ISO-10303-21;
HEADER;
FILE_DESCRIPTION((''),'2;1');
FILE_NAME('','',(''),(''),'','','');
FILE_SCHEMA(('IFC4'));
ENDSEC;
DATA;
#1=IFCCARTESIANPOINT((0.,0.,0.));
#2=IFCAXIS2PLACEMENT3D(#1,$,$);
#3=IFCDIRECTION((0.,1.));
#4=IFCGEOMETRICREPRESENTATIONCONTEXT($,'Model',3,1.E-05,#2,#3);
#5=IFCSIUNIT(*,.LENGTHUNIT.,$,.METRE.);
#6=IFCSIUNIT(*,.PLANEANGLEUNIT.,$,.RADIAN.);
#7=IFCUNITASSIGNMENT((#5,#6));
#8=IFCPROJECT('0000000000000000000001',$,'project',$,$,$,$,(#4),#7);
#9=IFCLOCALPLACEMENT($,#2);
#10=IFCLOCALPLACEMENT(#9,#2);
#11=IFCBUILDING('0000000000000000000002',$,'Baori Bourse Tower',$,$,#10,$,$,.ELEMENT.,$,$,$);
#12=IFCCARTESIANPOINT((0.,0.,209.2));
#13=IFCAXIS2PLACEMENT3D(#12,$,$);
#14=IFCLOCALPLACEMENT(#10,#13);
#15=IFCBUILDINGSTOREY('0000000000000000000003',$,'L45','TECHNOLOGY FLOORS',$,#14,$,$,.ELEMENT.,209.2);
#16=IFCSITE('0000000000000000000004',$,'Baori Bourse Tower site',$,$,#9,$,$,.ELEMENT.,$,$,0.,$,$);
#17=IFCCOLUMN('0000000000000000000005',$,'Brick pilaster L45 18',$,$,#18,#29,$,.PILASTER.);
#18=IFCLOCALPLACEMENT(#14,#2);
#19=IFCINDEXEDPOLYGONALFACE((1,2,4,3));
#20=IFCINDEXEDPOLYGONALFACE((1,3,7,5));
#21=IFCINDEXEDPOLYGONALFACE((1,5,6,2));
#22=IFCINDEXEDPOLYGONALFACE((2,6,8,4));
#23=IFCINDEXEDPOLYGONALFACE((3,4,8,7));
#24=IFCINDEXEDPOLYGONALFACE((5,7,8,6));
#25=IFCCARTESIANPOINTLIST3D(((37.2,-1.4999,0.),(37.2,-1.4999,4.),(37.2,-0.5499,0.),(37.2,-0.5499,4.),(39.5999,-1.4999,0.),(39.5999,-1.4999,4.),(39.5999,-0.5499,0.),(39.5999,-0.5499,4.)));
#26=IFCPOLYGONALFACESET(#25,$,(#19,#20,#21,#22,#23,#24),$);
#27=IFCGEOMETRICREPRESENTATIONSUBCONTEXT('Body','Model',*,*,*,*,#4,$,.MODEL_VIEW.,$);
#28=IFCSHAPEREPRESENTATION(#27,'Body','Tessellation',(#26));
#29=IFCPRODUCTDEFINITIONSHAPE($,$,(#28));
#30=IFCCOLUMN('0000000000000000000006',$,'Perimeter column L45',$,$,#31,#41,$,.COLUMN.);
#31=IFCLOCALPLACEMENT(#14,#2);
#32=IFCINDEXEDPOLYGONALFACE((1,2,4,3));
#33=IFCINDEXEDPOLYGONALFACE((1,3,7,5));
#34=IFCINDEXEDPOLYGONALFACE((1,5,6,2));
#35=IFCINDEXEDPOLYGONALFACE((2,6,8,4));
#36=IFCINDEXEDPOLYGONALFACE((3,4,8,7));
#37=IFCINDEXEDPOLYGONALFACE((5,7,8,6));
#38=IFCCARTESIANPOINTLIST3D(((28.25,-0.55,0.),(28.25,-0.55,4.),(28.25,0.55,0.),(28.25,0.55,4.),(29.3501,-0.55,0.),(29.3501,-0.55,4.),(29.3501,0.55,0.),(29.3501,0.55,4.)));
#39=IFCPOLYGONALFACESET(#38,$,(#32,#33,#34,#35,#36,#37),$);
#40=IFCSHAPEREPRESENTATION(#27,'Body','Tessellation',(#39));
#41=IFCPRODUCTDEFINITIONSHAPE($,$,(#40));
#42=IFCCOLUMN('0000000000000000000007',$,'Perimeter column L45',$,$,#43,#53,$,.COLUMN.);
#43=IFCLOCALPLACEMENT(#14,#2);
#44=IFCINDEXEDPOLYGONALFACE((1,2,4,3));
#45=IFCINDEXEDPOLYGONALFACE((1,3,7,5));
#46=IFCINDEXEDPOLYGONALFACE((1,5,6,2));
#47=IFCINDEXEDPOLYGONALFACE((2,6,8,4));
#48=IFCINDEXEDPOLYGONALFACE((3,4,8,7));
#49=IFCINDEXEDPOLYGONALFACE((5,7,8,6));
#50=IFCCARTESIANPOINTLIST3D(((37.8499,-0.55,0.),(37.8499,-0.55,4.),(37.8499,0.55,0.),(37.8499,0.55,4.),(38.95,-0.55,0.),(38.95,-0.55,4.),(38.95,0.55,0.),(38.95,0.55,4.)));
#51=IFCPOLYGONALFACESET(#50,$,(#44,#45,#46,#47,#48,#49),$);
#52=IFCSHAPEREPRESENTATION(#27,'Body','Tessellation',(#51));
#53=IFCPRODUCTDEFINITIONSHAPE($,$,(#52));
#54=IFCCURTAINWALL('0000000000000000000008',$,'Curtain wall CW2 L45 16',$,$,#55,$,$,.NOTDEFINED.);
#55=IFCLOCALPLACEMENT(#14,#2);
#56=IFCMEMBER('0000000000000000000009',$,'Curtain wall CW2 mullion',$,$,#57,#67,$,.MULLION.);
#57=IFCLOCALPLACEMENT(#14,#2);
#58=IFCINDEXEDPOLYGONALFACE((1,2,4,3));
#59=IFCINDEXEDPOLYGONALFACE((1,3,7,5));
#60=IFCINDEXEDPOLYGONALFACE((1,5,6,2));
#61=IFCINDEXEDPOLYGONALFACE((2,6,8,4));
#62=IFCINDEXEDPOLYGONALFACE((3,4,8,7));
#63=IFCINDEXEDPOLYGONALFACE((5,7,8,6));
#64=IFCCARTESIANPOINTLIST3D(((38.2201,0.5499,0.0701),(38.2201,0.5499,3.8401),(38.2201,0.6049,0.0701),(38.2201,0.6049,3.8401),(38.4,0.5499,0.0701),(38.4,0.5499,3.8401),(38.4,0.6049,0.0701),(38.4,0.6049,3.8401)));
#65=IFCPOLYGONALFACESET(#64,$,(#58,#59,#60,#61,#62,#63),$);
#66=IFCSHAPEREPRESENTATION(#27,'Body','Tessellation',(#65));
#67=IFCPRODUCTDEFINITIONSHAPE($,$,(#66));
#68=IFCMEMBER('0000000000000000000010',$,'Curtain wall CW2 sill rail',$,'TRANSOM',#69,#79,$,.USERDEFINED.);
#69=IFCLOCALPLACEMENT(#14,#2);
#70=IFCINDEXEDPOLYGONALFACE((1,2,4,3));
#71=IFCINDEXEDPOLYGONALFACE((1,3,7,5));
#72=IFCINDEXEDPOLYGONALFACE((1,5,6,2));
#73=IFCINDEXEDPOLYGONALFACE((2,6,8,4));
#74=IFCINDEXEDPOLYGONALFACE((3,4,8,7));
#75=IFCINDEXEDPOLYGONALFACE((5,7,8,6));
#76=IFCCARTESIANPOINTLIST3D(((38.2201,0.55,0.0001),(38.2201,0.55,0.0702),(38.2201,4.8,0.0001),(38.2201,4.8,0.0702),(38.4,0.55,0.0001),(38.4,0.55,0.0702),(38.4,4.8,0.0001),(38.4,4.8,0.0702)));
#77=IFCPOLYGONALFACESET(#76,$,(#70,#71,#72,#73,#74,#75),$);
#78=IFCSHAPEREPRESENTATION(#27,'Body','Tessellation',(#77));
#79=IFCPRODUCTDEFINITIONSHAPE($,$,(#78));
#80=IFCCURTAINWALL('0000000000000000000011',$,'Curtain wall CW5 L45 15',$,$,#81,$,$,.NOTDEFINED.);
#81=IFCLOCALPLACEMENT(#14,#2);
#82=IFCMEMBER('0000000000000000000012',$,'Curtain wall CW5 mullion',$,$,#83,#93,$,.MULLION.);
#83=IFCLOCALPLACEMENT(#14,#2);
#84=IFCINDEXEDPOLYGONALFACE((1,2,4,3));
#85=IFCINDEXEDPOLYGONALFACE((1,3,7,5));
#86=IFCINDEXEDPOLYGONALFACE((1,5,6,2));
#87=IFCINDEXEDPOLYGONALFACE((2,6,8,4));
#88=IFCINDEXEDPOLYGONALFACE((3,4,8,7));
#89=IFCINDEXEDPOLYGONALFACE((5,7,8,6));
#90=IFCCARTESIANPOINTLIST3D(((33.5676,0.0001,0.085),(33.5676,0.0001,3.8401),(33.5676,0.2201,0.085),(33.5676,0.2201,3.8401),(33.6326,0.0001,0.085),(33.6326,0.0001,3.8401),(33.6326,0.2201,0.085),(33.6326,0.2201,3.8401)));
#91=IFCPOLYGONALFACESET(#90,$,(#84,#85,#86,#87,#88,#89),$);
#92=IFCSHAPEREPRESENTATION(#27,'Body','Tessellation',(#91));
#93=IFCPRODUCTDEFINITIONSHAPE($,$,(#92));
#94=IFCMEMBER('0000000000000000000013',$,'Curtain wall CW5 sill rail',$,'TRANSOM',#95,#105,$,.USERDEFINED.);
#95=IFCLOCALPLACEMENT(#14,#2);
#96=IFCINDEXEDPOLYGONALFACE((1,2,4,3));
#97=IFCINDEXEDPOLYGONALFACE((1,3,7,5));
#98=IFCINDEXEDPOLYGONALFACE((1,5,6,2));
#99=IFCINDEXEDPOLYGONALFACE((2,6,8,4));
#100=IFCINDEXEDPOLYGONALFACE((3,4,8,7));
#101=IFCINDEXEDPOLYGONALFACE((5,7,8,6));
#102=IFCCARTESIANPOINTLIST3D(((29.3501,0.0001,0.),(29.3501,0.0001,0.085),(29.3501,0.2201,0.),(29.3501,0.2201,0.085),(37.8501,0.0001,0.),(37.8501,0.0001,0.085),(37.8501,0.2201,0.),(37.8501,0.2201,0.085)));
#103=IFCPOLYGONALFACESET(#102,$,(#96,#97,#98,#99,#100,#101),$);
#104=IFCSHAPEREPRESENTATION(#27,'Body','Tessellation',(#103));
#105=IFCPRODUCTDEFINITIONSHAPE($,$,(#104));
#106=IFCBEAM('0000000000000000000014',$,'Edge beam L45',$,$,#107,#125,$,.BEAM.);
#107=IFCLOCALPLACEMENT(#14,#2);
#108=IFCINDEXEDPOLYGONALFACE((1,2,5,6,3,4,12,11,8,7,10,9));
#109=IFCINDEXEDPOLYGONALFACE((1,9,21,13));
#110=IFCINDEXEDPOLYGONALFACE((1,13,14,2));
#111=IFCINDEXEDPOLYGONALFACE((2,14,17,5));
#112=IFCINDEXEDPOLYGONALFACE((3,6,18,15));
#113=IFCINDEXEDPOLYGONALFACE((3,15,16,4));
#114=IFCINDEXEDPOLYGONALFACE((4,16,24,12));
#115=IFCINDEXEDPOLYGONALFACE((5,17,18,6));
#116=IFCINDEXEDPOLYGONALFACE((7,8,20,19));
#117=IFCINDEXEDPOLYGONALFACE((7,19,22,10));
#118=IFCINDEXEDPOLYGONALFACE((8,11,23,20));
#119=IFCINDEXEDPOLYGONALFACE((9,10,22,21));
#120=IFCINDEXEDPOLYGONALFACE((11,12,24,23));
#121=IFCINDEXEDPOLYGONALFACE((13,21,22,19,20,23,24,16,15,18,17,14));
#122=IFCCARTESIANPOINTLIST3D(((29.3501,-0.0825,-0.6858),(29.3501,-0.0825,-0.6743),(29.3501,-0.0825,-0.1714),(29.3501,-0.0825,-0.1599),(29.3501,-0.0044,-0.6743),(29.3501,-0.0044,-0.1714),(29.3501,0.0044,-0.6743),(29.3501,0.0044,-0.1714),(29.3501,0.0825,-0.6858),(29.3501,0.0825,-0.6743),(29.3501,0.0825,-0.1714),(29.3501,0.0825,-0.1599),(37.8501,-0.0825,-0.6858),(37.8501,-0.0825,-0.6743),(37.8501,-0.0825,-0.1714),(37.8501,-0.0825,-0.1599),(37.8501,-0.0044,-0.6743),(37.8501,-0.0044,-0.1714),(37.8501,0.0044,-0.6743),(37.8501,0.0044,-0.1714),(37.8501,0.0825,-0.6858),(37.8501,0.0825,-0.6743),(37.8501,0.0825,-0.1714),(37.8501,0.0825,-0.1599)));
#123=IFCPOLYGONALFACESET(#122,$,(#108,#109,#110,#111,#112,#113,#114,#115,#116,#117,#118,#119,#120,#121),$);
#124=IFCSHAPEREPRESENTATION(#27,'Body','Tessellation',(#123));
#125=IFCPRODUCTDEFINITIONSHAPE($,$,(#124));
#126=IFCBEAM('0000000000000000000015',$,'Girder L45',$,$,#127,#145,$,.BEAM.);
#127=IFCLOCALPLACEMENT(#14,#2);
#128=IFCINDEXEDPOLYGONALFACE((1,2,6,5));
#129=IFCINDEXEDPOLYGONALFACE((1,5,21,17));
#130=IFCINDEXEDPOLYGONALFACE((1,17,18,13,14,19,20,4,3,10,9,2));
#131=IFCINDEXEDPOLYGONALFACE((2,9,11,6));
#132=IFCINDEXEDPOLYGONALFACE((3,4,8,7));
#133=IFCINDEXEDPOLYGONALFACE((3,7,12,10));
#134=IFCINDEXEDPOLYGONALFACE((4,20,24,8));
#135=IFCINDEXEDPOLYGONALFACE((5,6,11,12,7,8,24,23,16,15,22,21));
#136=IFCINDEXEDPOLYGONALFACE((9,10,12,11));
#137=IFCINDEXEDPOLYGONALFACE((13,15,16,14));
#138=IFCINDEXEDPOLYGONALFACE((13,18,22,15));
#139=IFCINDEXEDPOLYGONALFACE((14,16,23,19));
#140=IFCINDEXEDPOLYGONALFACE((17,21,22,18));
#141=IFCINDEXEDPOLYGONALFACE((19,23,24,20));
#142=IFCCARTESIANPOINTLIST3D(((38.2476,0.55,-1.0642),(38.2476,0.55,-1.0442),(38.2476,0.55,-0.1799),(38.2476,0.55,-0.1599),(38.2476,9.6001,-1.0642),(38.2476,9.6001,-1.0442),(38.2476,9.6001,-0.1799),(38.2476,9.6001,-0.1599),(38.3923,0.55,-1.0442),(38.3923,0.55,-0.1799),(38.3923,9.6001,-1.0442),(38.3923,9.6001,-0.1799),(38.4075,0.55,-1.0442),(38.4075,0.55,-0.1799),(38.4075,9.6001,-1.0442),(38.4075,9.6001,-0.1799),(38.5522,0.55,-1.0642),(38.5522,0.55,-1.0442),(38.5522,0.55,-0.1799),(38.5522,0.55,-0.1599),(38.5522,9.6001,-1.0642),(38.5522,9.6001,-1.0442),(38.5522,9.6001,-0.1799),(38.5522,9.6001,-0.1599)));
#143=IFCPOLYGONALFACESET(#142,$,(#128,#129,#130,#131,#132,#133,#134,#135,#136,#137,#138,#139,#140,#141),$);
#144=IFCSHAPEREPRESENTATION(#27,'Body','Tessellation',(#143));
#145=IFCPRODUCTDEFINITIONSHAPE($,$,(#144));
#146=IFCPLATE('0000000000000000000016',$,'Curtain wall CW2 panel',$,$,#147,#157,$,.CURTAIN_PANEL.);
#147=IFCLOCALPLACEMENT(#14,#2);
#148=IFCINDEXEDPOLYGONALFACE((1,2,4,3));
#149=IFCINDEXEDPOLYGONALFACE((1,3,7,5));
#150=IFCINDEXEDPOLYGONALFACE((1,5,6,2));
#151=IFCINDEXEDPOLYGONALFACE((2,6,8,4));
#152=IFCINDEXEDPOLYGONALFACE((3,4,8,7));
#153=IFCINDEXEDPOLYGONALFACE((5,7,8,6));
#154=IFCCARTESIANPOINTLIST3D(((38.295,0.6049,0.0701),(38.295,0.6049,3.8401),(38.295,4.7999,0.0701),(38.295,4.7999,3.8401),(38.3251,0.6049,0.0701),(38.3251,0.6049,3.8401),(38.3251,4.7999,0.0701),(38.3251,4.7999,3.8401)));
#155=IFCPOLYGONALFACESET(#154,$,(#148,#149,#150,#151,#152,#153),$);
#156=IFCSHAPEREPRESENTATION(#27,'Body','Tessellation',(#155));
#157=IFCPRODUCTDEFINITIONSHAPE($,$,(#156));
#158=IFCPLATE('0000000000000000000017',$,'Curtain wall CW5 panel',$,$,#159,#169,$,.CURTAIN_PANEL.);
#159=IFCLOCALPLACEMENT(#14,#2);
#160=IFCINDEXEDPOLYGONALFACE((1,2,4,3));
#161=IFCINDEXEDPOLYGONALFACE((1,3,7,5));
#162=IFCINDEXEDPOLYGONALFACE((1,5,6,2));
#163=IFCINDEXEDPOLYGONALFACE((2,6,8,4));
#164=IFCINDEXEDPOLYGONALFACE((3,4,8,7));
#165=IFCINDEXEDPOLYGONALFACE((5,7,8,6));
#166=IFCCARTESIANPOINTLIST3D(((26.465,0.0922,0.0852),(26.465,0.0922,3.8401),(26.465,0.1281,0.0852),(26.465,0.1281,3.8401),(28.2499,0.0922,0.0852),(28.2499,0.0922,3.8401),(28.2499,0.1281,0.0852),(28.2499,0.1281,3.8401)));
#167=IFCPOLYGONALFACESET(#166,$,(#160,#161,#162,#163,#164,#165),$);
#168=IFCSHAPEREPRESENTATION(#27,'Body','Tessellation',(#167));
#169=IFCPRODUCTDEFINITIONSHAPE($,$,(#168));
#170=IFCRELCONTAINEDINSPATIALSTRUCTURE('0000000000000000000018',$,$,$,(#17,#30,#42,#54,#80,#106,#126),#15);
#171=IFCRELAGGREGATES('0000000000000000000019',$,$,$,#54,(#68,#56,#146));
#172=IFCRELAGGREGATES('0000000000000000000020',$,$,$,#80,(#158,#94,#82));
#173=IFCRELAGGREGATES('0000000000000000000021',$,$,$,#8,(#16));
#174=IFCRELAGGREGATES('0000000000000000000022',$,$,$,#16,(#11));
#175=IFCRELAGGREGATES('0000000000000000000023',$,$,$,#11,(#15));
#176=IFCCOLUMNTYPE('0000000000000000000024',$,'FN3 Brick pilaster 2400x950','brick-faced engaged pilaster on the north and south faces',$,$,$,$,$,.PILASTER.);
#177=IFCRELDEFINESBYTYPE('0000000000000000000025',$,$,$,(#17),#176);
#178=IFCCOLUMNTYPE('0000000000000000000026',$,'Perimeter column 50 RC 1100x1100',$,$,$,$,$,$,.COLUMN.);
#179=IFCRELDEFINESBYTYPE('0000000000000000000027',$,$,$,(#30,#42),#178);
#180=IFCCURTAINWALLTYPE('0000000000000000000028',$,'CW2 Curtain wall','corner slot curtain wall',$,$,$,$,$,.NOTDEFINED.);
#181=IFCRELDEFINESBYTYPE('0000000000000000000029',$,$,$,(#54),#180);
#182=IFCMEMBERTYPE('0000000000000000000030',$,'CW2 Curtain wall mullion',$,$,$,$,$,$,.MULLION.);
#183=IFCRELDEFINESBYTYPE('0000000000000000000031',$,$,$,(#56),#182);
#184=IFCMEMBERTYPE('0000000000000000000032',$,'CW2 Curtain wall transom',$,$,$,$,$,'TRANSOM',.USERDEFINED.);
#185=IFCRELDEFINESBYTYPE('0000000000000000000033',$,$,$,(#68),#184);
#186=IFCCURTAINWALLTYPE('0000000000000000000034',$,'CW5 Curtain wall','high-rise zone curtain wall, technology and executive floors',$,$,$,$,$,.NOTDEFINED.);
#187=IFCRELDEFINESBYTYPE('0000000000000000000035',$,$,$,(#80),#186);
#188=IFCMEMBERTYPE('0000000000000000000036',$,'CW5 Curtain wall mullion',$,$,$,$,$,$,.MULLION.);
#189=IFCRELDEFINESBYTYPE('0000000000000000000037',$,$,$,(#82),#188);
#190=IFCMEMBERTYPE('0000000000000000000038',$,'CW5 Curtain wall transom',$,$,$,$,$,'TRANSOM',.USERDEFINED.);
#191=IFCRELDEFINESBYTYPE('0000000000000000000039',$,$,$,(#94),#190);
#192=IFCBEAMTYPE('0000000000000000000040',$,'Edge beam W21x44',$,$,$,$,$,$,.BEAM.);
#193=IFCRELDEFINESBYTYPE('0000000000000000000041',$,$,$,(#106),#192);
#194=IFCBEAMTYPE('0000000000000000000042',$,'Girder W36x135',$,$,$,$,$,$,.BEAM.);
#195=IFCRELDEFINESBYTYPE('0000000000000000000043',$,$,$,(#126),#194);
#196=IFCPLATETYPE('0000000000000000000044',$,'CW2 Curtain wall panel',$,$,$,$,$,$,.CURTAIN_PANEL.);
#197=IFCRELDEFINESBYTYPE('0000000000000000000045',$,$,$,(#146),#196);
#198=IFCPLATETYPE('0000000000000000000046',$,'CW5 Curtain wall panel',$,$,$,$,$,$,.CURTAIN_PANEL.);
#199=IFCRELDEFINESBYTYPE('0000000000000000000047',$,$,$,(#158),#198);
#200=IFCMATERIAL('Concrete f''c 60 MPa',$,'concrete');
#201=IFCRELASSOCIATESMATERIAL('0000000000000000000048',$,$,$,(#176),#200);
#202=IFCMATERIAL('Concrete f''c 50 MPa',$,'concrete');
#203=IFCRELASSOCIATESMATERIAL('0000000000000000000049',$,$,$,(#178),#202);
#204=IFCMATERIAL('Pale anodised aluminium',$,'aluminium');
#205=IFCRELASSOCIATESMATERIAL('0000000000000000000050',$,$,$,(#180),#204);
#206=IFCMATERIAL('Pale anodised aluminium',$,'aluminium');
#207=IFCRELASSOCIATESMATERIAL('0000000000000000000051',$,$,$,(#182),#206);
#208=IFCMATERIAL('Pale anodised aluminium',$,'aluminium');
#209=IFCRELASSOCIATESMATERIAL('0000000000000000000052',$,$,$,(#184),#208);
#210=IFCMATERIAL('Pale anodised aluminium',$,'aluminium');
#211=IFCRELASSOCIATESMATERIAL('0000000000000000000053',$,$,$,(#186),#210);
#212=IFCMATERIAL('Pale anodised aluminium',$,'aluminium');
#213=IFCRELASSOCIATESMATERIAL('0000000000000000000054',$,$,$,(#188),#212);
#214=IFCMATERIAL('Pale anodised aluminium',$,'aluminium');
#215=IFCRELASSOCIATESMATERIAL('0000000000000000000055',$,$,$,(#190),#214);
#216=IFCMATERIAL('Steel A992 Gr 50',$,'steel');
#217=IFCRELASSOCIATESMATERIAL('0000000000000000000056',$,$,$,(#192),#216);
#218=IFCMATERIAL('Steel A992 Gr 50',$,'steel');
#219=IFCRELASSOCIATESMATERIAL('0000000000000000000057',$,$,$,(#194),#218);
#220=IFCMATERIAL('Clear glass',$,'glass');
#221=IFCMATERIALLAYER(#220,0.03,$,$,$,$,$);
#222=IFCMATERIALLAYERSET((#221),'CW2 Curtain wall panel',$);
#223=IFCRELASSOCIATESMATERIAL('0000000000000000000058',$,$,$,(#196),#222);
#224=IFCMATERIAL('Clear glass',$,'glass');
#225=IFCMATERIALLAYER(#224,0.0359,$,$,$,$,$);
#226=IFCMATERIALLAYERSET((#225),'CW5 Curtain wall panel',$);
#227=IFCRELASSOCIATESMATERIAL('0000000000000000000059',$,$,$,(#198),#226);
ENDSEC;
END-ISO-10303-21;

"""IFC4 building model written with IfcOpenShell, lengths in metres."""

from ifc_helpers import new_model, si_unit, direction, frame, origin, origin_2d, place, context, subcontext, project, spatial, rectangle, i_section, extrude, material, layer, layer_set, material_profile, profile_set, type_object, element, aggregate, save


model = new_model("IFC4")

# Units and contexts
model_context = context("Model", 3, precision=1e-05, world=origin(), true_north=direction((0.0, 1.0)))
body_context = subcontext(model_context, "Body", "Model", "MODEL_VIEW")
ifc_project = project(units=[si_unit("LENGTHUNIT", "METRE"), si_unit("PLANEANGLEUNIT", "RADIAN")], contexts=[model_context])

# Site, building, storey
site_placement = place(None, origin())
site = spatial("IfcSite", under=ifc_project, at=site_placement, Name="Baori Bourse Tower site", CompositionType="ELEMENT", RefElevation=0.0)
building_placement = place(site_placement, origin())
building = spatial("IfcBuilding", under=site, at=building_placement, Name="Baori Bourse Tower", CompositionType="ELEMENT")
storey_placement = place(building_placement, frame((0.0, 0.0, 209.2)))
storey = spatial("IfcBuildingStorey", under=building, at=storey_placement, Name="L45", Description="TECHNOLOGY FLOORS", CompositionType="ELEMENT", Elevation=209.2)

# Columns
ifc_material_1 = material(Name="Concrete f'c 60 MPa", Category="concrete")
ifc_material_profile_1 = material_profile(ifc_material_1, rectangle(XDim=2.3999, YDim=0.95, at=origin_2d()), Name="RC 2400x950")
ifc_profile_set_1 = profile_set([ifc_material_profile_1], Name="Concrete f'c 60 MPa")
column_type_1 = type_object("IfcColumnType", Name="FN3 Brick pilaster 2400x950", Description="brick-faced engaged pilaster on the north and south faces", PredefinedType="PILASTER", material=ifc_profile_set_1)
column_placement = place(storey_placement, frame((38.3999, -1.0249, 0.0), z_axis=(0.0, 0.0, 1.0), x_axis=(1.0, 0.0, 0.0)))
element("IfcColumn", 1, at=column_placement, inside=storey, type_object=column_type_1, Name="Brick pilaster L45 18", PredefinedType="PILASTER", context=body_context, shape_type="SweptSolid", body=[
    extrude(rectangle(XDim=2.3999, YDim=0.95, at=origin_2d()), origin(), (0.0, 0.0, 1.0), 4.0),
])
ifc_material_2 = material(Name="Concrete f'c 50 MPa", Category="concrete")
ifc_material_profile_2 = material_profile(ifc_material_2, rectangle(XDim=1.1001, YDim=1.1001, at=origin_2d()), Name="RC 1100x1100")
ifc_profile_set_2 = profile_set([ifc_material_profile_2], Name="Concrete f'c 50 MPa")
column_type_2 = type_object("IfcColumnType", Name="Perimeter column 50 RC 1100x1100", PredefinedType="COLUMN", material=ifc_profile_set_2)
for number, where, z_axis, x_axis, name in (
    (2, (28.8, 0.0, 0.0), (0.0, 0.0, 1.0), (1.0, 0.0, 0.0), "Perimeter column L45"),
    (3, (38.3999, 0.0, 0.0), (0.0, 0.0, 1.0), (1.0, 0.0, 0.0), "Perimeter column L45"),
):
    element("IfcColumn", number, at=place(storey_placement, frame(where, z_axis=z_axis, x_axis=x_axis)), inside=storey, type_object=column_type_2, Name=name, PredefinedType="COLUMN", context=body_context, shape_type="SweptSolid", body=[
        extrude(rectangle(XDim=1.1001, YDim=1.1001, at=origin_2d()), origin(), (0.0, 0.0, 1.0), 4.0),
    ])

# Curtain walls, members
ifc_material_3 = material(Name="Pale anodised aluminium", Category="aluminium")
curtain_wall_type_1 = type_object("IfcCurtainWallType", Name="CW2 Curtain wall", Description="corner slot curtain wall", PredefinedType="NOTDEFINED", material=ifc_material_3)
curtain_wall_1_placement = place(storey_placement, origin())
curtain_wall_1 = element("IfcCurtainWall", 4, at=curtain_wall_1_placement, inside=storey, type_object=curtain_wall_type_1, Name="Curtain wall CW2 L45 16", PredefinedType="NOTDEFINED")
ifc_material_4 = material(Name="Pale anodised aluminium", Category="aluminium")
ifc_material_profile_3 = material_profile(ifc_material_4, rectangle(XDim=0.1799, YDim=0.0549, at=origin_2d()), Name="Mullion 55x180")
ifc_profile_set_3 = profile_set([ifc_material_profile_3], Name="Pale anodised aluminium")
member_type_1 = type_object("IfcMemberType", Name="CW2 Curtain wall mullion", PredefinedType="MULLION", material=ifc_profile_set_3)
member_1_placement = place(storey_placement, frame((38.3101, 0.5774, 0.0701), z_axis=(0.0, 0.0, 1.0), x_axis=(-1.0, 0.0, 0.0)))
member_1 = element("IfcMember", 5, at=member_1_placement, type_object=member_type_1, Name="Curtain wall CW2 mullion", PredefinedType="MULLION", context=body_context, shape_type="SweptSolid", body=[
    extrude(rectangle(XDim=0.1799, YDim=0.0549, at=origin_2d()), origin(), (0.0, 0.0, 1.0), 3.77),
])
ifc_material_5 = material(Name="Pale anodised aluminium", Category="aluminium")
ifc_material_profile_4 = material_profile(ifc_material_5, rectangle(XDim=0.1799, YDim=0.0701, at=origin_2d()), Name="Transom 70x180")
ifc_profile_set_4 = profile_set([ifc_material_profile_4], Name="Pale anodised aluminium")
member_type_2 = type_object("IfcMemberType", Name="CW2 Curtain wall transom", ElementType="TRANSOM", PredefinedType="USERDEFINED", material=ifc_profile_set_4)
member_2_placement = place(storey_placement, frame((38.3101, 0.55, 0.0352), z_axis=(0.0, 1.0, 0.0), x_axis=(-1.0, 0.0, 0.0)))
member_2 = element("IfcMember", 6, at=member_2_placement, type_object=member_type_2, Name="Curtain wall CW2 sill rail", ObjectType="TRANSOM", PredefinedType="USERDEFINED", context=body_context, shape_type="SweptSolid", body=[
    extrude(rectangle(XDim=0.1799, YDim=0.0701, at=origin_2d()), origin(), (0.0, 0.0, 1.0), 4.25),
])
ifc_material_6 = material(Name="Pale anodised aluminium", Category="aluminium")
curtain_wall_type_2 = type_object("IfcCurtainWallType", Name="CW5 Curtain wall", Description="high-rise zone curtain wall, technology and executive floors", PredefinedType="NOTDEFINED", material=ifc_material_6)
curtain_wall_2_placement = place(storey_placement, origin())
curtain_wall_2 = element("IfcCurtainWall", 7, at=curtain_wall_2_placement, inside=storey, type_object=curtain_wall_type_2, Name="Curtain wall CW5 L45 15", PredefinedType="NOTDEFINED")
ifc_material_7 = material(Name="Pale anodised aluminium", Category="aluminium")
ifc_material_profile_5 = material_profile(ifc_material_7, rectangle(XDim=0.22, YDim=0.0649, at=origin_2d()), Name="Mullion 65x220")
ifc_profile_set_5 = profile_set([ifc_material_profile_5], Name="Pale anodised aluminium")
member_type_3 = type_object("IfcMemberType", Name="CW5 Curtain wall mullion", PredefinedType="MULLION", material=ifc_profile_set_5)
member_3_placement = place(storey_placement, frame((33.6001, 0.1101, 0.085), z_axis=(0.0, 0.0, 1.0), x_axis=(0.0, 1.0, 0.0)))
member_3 = element("IfcMember", 8, at=member_3_placement, type_object=member_type_3, Name="Curtain wall CW5 mullion", PredefinedType="MULLION", context=body_context, shape_type="SweptSolid", body=[
    extrude(rectangle(XDim=0.22, YDim=0.0649, at=origin_2d()), origin(), (0.0, 0.0, 1.0), 3.7551),
])
ifc_material_8 = material(Name="Pale anodised aluminium", Category="aluminium")
ifc_material_profile_6 = material_profile(ifc_material_8, rectangle(XDim=0.22, YDim=0.085, at=origin_2d()), Name="Transom 85x220")
ifc_profile_set_6 = profile_set([ifc_material_profile_6], Name="Pale anodised aluminium")
member_type_4 = type_object("IfcMemberType", Name="CW5 Curtain wall transom", ElementType="TRANSOM", PredefinedType="USERDEFINED", material=ifc_profile_set_6)
member_4_placement = place(storey_placement, frame((29.3501, 0.1101, 0.0425), z_axis=(1.0, 0.0, 0.0), x_axis=(0.0, 1.0, 0.0)))
member_4 = element("IfcMember", 9, at=member_4_placement, type_object=member_type_4, Name="Curtain wall CW5 sill rail", ObjectType="TRANSOM", PredefinedType="USERDEFINED", context=body_context, shape_type="SweptSolid", body=[
    extrude(rectangle(XDim=0.22, YDim=0.085, at=origin_2d()), origin(), (0.0, 0.0, 1.0), 8.5),
])

# Beams
ifc_material_9 = material(Name="Steel A992 Gr 50", Category="steel")
ifc_material_profile_7 = material_profile(ifc_material_9, i_section(OverallWidth=0.165, OverallDepth=0.5259, WebThickness=0.0088, FlangeThickness=0.0115, at=origin_2d()), Name="W21x44")
ifc_profile_set_7 = profile_set([ifc_material_profile_7], Name="Steel A992 Gr 50")
beam_type_1 = type_object("IfcBeamType", Name="Edge beam W21x44", PredefinedType="BEAM", material=ifc_profile_set_7)
beam_1_placement = place(storey_placement, frame((29.3501, 0.0, -0.4229), z_axis=(1.0, 0.0, 0.0), x_axis=(0.0, 1.0, 0.0)))
element("IfcBeam", 10, at=beam_1_placement, inside=storey, type_object=beam_type_1, Name="Edge beam L45", PredefinedType="BEAM", context=body_context, shape_type="SweptSolid", body=[
    extrude(i_section(OverallWidth=0.165, OverallDepth=0.5259, WebThickness=0.0088, FlangeThickness=0.0115, at=origin_2d()), origin(), (0.0, 0.0, 1.0), 8.5),
])
ifc_material_10 = material(Name="Steel A992 Gr 50", Category="steel")
ifc_material_profile_8 = material_profile(ifc_material_10, i_section(OverallWidth=0.3047, OverallDepth=0.9043, WebThickness=0.0151, FlangeThickness=0.02, at=origin_2d()), Name="W36x135")
ifc_profile_set_8 = profile_set([ifc_material_profile_8], Name="Steel A992 Gr 50")
beam_type_2 = type_object("IfcBeamType", Name="Girder W36x135", PredefinedType="BEAM", material=ifc_profile_set_8)
beam_2_placement = place(storey_placement, frame((38.3999, 0.55, -0.6121), z_axis=(0.0, 1.0, 0.0), x_axis=(-1.0, 0.0, 0.0)))
element("IfcBeam", 11, at=beam_2_placement, inside=storey, type_object=beam_type_2, Name="Girder L45", PredefinedType="BEAM", context=body_context, shape_type="SweptSolid", body=[
    extrude(i_section(OverallWidth=0.3047, OverallDepth=0.9043, WebThickness=0.0151, FlangeThickness=0.02, at=origin_2d()), origin(), (0.0, 0.0, 1.0), 9.05),
])

# Plates
ifc_material_11 = material(Name="Clear glass", Category="glass")
ifc_layer_1 = layer(ifc_material_11, 0.03)
ifc_layer_set_1 = layer_set([ifc_layer_1], Name="CW2 Curtain wall panel")
plate_type_1 = type_object("IfcPlateType", Name="CW2 Curtain wall panel", PredefinedType="CURTAIN_PANEL", material=ifc_layer_set_1)
plate_1_placement = place(storey_placement, frame((38.3101, 2.7024, 0.0701), z_axis=(0.0, 0.0, 1.0), x_axis=(0.0, 1.0, 0.0)))
plate_1 = element("IfcPlate", 12, at=plate_1_placement, type_object=plate_type_1, Name="Curtain wall CW2 panel", PredefinedType="CURTAIN_PANEL", context=body_context, shape_type="SweptSolid", body=[
    extrude(rectangle(XDim=4.1951, YDim=0.03, at=origin_2d()), origin(), (0.0, 0.0, 1.0), 3.77),
])
aggregate(curtain_wall_1, [member_2, member_1, plate_1])
ifc_material_12 = material(Name="Clear glass", Category="glass")
ifc_layer_2 = layer(ifc_material_12, 0.0359)
ifc_layer_set_2 = layer_set([ifc_layer_2], Name="CW5 Curtain wall panel")
plate_type_2 = type_object("IfcPlateType", Name="CW5 Curtain wall panel", PredefinedType="CURTAIN_PANEL", material=ifc_layer_set_2)
plate_2_placement = place(storey_placement, frame((27.3574, 0.1101, 0.0852), z_axis=(0.0, 0.0, 1.0), x_axis=(1.0, 0.0, 0.0)))
plate_2 = element("IfcPlate", 13, at=plate_2_placement, type_object=plate_type_2, Name="Curtain wall CW5 panel", PredefinedType="CURTAIN_PANEL", context=body_context, shape_type="SweptSolid", body=[
    extrude(rectangle(XDim=1.7849, YDim=0.0359, at=origin_2d()), origin(), (0.0, 0.0, 1.0), 3.7549),
])
aggregate(curtain_wall_2, [plate_2, member_4, member_3])

save(model, "model.ifc")
